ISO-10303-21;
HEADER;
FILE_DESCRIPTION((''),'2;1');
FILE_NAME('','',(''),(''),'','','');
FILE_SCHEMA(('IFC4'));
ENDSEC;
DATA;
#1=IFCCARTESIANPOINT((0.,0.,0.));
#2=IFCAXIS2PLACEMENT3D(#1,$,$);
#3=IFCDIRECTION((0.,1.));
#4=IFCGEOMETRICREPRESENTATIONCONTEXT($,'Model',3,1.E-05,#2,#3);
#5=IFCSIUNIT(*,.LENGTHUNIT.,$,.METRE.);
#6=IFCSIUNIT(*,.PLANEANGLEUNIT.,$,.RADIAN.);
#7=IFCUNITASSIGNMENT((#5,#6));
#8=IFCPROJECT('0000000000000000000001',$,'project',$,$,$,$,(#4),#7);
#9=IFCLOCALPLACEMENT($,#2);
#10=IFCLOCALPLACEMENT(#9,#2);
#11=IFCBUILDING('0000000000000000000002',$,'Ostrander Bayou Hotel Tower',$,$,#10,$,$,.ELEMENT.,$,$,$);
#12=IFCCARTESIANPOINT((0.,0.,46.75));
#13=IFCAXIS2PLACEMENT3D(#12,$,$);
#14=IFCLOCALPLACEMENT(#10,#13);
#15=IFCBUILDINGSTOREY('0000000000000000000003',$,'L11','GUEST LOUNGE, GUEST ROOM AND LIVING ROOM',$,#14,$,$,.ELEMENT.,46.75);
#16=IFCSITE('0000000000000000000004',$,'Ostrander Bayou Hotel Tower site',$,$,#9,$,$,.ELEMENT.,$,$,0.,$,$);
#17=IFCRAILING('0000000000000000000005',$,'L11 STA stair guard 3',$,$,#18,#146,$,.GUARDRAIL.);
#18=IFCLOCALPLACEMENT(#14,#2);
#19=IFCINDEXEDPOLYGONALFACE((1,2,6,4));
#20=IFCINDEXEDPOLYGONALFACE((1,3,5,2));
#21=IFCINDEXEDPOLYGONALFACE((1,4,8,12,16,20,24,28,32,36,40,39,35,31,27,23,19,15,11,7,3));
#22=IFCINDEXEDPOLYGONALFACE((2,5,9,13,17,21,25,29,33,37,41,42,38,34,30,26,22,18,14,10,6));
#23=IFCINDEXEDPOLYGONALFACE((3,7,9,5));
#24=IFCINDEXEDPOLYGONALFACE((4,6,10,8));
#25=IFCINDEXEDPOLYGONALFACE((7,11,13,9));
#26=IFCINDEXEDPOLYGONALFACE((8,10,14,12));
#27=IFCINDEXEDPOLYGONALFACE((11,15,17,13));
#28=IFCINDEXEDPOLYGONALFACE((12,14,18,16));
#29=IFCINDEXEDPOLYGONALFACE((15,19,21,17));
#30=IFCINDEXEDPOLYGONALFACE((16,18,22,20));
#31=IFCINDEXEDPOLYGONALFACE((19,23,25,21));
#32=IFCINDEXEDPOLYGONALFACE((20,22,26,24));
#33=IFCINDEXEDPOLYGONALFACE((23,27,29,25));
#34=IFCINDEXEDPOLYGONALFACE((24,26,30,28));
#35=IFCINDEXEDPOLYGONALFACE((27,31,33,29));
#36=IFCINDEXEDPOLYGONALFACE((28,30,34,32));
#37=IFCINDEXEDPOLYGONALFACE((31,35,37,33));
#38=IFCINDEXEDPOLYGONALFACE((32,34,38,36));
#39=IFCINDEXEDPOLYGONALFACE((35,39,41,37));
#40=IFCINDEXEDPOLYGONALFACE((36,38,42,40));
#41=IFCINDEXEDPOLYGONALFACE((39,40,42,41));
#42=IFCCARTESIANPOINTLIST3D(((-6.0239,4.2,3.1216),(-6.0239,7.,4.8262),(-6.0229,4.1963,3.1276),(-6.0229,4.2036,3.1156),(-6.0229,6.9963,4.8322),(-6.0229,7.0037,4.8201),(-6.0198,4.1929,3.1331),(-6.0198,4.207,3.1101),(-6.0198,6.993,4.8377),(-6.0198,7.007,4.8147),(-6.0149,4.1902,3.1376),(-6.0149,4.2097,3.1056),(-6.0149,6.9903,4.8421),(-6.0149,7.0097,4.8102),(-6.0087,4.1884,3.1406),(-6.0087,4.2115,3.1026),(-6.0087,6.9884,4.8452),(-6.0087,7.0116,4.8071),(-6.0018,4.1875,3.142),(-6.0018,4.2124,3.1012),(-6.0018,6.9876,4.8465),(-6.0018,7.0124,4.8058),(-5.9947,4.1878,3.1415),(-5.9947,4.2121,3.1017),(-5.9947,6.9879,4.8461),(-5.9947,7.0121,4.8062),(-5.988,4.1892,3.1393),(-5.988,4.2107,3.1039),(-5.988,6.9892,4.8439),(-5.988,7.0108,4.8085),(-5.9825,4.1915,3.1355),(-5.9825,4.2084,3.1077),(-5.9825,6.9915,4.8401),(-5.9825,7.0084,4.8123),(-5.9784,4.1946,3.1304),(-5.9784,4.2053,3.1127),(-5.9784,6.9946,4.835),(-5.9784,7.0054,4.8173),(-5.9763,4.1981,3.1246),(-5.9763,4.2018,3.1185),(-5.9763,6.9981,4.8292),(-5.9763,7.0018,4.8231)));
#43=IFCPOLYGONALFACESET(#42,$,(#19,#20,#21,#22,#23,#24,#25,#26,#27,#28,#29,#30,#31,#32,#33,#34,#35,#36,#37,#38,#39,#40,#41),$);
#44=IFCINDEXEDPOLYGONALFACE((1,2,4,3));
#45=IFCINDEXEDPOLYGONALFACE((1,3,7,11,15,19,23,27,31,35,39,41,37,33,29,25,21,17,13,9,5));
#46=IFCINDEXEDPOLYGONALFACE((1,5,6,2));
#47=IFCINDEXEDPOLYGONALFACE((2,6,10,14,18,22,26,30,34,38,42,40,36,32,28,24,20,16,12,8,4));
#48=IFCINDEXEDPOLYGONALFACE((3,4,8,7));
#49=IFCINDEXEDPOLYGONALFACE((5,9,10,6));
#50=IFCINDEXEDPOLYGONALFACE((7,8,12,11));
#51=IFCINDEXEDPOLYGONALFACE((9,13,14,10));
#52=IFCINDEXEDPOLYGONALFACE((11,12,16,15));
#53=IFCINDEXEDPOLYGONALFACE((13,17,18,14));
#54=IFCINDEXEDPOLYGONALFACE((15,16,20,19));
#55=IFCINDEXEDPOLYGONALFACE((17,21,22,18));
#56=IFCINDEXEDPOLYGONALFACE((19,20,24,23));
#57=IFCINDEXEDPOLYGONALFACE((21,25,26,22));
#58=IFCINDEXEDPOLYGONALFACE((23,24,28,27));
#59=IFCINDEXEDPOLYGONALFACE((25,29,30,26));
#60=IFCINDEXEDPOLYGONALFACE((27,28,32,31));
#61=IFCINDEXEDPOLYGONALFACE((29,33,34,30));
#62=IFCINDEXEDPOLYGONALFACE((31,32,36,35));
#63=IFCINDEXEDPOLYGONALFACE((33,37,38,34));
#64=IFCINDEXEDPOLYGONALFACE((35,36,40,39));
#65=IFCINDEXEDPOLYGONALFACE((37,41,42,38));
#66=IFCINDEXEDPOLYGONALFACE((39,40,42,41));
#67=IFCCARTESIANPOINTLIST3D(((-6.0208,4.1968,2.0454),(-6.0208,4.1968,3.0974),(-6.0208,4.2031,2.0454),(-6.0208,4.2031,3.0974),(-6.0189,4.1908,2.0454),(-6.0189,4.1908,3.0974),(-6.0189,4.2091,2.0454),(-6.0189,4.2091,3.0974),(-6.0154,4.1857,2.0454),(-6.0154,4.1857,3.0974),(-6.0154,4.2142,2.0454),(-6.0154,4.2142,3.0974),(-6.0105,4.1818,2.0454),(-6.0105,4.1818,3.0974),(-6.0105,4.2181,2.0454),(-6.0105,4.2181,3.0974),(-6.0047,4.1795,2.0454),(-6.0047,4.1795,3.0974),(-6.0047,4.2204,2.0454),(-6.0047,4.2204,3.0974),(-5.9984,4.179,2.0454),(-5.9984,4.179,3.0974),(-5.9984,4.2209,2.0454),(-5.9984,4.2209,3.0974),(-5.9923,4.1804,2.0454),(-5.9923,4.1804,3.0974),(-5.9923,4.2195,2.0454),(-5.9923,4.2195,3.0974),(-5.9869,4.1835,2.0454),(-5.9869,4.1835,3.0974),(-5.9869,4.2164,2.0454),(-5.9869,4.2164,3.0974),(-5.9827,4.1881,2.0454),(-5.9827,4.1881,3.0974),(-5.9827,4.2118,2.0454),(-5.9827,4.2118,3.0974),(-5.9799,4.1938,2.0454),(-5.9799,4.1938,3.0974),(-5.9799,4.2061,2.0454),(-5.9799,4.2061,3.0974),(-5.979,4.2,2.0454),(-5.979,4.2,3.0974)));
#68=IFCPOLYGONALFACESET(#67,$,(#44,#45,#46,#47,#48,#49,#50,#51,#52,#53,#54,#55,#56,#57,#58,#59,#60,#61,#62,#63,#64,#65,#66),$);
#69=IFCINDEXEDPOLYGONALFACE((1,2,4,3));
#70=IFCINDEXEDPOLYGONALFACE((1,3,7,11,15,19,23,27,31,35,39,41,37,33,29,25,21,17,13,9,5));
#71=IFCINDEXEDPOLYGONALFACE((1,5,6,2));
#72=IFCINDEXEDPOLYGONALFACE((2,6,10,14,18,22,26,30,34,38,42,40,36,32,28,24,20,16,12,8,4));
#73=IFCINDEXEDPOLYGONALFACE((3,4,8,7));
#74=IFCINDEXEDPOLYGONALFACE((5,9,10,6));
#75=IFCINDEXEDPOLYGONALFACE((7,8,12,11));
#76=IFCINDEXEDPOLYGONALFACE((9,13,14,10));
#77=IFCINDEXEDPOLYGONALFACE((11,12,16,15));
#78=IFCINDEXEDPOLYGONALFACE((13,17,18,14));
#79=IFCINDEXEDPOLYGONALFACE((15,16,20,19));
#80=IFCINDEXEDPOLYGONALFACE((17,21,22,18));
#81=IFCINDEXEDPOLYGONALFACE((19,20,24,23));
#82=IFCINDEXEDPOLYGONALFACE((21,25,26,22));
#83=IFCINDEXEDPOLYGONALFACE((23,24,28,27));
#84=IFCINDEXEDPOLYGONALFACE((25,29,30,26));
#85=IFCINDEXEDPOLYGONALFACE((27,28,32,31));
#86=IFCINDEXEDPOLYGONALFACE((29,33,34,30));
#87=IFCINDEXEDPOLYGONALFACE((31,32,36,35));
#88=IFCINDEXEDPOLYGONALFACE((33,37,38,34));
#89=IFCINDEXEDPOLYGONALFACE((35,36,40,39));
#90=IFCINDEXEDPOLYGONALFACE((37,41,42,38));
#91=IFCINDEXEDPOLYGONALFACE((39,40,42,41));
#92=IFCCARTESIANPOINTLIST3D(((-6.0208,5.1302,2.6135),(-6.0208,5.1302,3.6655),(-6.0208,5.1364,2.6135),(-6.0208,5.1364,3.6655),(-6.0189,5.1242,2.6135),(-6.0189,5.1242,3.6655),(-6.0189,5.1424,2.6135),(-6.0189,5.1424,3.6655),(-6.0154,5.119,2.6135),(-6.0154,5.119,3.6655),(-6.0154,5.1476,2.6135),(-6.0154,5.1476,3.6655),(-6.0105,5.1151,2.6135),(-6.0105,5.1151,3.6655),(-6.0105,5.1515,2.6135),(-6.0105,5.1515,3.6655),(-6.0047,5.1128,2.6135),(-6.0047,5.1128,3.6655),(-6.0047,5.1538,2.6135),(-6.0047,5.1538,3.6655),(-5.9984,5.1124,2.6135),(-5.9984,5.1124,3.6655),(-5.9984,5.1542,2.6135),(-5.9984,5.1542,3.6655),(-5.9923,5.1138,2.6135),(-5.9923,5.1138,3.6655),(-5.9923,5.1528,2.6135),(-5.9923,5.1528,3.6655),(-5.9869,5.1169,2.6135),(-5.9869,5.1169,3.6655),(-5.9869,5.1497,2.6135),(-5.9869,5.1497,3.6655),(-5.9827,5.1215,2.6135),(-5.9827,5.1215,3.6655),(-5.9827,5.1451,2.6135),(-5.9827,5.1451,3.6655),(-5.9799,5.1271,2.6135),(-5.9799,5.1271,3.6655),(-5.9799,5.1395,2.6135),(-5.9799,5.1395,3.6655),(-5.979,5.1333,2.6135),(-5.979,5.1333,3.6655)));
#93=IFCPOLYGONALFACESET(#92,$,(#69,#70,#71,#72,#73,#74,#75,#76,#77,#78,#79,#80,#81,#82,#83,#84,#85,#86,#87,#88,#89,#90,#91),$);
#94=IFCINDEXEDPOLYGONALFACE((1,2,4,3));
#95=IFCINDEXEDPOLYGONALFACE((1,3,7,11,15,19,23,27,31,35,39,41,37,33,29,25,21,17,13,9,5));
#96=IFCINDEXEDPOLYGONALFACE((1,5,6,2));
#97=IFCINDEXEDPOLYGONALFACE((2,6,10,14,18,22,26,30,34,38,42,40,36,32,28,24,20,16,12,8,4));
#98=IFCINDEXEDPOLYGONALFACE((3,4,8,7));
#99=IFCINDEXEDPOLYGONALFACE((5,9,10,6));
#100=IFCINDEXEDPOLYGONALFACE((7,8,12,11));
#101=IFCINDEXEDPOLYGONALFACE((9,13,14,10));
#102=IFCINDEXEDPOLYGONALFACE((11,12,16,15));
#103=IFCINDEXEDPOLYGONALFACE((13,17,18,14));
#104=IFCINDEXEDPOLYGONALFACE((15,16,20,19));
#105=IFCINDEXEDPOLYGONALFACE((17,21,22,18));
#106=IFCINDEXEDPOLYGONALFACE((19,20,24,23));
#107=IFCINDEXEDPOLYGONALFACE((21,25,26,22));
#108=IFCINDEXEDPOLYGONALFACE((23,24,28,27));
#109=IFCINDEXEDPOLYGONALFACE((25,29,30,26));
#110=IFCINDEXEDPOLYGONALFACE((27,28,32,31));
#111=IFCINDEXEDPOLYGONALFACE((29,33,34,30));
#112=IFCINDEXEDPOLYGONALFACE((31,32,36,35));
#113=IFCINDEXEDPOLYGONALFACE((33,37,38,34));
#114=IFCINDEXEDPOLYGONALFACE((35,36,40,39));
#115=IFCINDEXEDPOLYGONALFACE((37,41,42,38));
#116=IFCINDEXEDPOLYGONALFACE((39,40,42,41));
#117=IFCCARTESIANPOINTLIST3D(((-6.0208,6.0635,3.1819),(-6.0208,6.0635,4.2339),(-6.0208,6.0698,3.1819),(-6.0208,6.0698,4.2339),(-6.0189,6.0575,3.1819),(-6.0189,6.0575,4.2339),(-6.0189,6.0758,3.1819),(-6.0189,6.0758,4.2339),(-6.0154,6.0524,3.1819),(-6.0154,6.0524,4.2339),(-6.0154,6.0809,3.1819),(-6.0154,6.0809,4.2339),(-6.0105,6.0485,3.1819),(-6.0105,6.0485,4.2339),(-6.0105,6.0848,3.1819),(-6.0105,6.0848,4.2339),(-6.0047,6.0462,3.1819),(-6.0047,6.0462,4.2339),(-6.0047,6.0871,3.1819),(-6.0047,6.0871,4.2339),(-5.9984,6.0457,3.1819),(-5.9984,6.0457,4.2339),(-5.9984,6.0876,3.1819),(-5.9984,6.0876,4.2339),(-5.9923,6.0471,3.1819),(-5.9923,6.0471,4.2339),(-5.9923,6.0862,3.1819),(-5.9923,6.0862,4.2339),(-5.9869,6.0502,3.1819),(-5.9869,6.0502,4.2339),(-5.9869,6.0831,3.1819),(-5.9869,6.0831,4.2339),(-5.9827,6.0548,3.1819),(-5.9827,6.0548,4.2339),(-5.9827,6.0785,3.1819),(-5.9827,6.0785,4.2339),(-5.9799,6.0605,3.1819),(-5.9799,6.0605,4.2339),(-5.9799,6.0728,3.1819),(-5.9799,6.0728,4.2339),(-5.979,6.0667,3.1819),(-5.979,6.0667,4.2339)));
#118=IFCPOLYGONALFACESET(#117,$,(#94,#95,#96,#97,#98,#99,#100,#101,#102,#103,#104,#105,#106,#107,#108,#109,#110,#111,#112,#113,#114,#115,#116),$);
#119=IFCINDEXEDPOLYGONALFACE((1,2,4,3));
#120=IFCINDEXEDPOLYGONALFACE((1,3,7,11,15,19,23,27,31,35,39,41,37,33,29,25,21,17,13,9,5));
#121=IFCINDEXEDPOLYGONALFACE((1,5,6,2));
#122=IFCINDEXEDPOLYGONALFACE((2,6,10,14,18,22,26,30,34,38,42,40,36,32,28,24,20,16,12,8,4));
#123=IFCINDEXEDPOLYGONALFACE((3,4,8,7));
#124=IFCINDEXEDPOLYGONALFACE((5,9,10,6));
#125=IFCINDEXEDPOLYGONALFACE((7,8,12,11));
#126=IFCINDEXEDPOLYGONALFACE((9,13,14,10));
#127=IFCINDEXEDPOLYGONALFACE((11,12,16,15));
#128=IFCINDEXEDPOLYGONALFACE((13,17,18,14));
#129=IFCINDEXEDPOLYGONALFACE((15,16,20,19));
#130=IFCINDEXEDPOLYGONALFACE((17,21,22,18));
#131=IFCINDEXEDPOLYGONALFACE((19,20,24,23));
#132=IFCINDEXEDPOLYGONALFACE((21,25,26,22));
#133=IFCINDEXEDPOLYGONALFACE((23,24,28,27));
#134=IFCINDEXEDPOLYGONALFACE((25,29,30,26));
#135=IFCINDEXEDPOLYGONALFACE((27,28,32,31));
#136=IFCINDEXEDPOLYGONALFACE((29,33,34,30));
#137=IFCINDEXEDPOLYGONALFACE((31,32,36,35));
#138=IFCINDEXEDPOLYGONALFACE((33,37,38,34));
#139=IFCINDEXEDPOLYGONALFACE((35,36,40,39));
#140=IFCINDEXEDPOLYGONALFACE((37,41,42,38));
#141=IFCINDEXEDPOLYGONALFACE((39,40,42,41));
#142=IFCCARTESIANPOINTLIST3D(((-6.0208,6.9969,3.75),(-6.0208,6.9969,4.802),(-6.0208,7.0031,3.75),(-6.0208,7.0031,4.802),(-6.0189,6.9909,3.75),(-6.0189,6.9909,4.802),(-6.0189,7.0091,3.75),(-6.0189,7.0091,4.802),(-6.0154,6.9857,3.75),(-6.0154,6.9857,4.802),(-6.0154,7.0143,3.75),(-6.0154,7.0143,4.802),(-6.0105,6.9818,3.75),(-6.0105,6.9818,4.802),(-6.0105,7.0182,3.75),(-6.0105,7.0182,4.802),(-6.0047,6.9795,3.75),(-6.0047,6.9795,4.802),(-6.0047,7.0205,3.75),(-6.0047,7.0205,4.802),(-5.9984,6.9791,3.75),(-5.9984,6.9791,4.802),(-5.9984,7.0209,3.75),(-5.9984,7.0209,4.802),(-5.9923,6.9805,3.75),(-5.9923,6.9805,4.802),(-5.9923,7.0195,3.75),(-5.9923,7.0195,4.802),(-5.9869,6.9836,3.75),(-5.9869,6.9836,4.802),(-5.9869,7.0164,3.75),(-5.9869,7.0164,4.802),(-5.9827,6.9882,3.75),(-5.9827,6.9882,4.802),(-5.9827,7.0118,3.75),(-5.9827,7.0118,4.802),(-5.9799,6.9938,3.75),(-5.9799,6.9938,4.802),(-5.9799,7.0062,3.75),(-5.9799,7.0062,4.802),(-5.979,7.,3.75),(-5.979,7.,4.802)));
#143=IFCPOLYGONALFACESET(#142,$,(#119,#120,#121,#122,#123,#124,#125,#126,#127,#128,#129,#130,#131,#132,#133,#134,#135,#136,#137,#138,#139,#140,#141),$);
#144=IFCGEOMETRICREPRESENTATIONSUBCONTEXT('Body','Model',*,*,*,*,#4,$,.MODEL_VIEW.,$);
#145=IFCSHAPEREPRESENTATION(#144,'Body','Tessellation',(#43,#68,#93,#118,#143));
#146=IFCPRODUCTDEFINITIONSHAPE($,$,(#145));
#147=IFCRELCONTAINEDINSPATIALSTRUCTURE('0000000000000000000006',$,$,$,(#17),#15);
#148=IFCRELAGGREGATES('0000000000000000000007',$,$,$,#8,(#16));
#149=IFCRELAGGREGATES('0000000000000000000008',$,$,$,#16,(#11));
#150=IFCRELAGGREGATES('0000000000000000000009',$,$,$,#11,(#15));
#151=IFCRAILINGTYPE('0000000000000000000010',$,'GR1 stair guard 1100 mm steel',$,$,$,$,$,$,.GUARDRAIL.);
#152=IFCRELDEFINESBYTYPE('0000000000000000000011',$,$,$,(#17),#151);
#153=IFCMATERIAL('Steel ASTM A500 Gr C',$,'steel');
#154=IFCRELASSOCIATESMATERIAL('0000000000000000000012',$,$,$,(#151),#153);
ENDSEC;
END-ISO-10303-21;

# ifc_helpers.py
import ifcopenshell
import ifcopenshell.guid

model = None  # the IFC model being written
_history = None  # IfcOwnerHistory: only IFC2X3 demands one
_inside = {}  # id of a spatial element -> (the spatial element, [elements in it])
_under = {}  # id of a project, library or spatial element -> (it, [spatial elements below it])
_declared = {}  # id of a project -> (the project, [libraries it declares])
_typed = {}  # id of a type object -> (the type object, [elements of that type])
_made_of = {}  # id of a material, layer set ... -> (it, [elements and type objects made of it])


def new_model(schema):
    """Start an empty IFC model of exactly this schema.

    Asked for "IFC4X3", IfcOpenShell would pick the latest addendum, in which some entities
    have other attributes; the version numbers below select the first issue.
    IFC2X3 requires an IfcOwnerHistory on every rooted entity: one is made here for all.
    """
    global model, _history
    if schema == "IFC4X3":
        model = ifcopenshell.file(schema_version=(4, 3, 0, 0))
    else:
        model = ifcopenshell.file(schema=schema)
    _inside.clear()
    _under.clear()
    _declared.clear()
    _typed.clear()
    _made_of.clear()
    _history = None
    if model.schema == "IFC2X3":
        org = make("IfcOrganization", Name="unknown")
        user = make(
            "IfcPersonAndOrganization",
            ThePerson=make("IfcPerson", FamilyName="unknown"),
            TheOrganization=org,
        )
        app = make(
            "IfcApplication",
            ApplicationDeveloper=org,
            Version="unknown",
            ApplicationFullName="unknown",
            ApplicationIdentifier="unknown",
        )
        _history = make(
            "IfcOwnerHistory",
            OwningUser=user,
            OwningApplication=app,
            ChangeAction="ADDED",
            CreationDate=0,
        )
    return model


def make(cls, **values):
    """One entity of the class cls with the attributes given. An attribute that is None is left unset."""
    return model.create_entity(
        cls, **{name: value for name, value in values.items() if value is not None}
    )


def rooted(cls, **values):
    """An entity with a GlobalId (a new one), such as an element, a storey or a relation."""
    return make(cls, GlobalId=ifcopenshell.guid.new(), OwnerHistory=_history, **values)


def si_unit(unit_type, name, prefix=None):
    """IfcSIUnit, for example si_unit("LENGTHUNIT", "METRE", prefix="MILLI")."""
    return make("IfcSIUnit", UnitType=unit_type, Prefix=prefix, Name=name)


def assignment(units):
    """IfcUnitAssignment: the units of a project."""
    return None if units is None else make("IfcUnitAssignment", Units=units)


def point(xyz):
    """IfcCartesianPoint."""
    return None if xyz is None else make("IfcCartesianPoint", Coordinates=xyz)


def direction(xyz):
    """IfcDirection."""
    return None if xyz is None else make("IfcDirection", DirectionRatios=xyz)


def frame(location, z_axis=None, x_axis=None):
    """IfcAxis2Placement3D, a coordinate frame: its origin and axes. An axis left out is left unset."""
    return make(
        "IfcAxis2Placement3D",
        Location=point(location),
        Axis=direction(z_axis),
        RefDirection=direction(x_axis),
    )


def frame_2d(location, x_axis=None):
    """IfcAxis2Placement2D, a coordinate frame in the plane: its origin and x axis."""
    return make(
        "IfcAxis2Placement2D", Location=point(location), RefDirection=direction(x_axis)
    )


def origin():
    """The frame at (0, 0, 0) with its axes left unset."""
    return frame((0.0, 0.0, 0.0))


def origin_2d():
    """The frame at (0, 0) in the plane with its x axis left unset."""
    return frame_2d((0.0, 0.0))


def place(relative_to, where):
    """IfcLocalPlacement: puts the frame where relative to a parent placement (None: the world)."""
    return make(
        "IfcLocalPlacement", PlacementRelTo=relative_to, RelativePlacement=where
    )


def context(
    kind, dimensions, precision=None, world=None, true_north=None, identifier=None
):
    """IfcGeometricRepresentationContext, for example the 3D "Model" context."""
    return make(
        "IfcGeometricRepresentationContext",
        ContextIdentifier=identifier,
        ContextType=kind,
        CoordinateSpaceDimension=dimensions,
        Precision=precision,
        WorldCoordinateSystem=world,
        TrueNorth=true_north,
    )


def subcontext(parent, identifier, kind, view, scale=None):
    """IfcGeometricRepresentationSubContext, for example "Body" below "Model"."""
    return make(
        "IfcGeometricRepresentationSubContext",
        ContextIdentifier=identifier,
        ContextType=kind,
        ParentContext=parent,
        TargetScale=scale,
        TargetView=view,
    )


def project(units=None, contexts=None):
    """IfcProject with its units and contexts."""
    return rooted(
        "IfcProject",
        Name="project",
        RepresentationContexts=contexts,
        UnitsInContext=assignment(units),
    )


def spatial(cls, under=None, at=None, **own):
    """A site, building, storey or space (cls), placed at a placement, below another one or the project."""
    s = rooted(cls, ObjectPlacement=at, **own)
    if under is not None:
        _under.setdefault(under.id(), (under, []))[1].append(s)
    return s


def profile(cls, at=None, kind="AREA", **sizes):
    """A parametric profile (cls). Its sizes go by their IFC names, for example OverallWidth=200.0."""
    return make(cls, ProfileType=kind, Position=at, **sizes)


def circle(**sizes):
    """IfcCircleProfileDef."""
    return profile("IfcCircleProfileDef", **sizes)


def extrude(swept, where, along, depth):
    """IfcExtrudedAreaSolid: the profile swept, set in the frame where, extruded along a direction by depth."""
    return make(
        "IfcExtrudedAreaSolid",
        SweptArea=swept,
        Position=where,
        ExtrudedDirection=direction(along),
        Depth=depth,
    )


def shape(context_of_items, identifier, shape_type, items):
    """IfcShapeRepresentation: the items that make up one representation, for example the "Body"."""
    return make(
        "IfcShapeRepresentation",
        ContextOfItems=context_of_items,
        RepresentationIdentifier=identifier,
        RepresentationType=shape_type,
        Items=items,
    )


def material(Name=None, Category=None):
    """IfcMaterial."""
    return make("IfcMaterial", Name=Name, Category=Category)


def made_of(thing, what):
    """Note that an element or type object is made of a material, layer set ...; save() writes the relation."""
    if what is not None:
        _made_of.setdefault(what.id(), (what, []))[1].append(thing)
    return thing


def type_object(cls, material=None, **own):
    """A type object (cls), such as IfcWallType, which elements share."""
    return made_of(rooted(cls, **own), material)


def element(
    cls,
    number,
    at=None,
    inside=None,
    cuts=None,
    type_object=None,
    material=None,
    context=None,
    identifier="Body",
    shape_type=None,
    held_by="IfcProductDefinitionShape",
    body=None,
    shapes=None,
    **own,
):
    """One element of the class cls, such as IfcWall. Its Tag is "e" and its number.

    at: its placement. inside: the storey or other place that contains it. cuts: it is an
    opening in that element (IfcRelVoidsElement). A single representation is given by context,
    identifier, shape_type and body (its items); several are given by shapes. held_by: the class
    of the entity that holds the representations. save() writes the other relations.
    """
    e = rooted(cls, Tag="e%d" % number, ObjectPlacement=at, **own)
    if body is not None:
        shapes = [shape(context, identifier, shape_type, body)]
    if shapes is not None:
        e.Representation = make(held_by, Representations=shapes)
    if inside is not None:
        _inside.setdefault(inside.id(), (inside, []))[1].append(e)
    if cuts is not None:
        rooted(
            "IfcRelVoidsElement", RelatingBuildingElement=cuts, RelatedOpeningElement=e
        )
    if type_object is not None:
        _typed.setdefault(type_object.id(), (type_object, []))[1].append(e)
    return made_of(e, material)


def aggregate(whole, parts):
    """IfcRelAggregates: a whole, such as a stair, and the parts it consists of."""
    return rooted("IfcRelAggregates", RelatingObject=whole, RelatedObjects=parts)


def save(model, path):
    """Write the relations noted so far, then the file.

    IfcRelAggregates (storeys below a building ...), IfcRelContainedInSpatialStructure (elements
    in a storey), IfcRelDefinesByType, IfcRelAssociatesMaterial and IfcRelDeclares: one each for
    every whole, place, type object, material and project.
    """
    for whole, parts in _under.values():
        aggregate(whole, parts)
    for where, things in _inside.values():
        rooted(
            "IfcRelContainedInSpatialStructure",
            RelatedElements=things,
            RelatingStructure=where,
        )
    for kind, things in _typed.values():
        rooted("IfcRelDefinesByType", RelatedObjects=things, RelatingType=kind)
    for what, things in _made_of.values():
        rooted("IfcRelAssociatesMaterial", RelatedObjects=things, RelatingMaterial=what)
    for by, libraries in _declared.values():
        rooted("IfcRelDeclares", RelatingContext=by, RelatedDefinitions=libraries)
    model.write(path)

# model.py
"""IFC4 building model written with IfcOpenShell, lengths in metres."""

from ifc_helpers import new_model, si_unit, direction, frame, origin, origin_2d, place, context, subcontext, project, spatial, circle, extrude, material, type_object, element, save


model = new_model("IFC4")

# Units and contexts
model_context = context("Model", 3, precision=1e-05, world=origin(), true_north=direction((0.0, 1.0)))
body_context = subcontext(model_context, "Body", "Model", "MODEL_VIEW")
ifc_project = project(units=[si_unit("LENGTHUNIT", "METRE"), si_unit("PLANEANGLEUNIT", "RADIAN")], contexts=[model_context])

# Site, building, storey
site_placement = place(None, origin())
site = spatial("IfcSite", under=ifc_project, at=site_placement, Name="Ostrander Bayou Hotel Tower site", CompositionType="ELEMENT", RefElevation=0.0)
building_placement = place(site_placement, origin())
building = spatial("IfcBuilding", under=site, at=building_placement, Name="Ostrander Bayou Hotel Tower", CompositionType="ELEMENT")
storey_placement = place(building_placement, frame((0.0, 0.0, 46.75)))
storey = spatial("IfcBuildingStorey", under=building, at=storey_placement, Name="L11", Description="GUEST LOUNGE, GUEST ROOM AND LIVING ROOM", CompositionType="ELEMENT", Elevation=46.75)

# Railing
ifc_material_1 = material(Name="Steel ASTM A500 Gr C", Category="steel")
railing_type_1 = type_object("IfcRailingType", Name="GR1 stair guard 1100 mm steel", PredefinedType="GUARDRAIL", material=ifc_material_1)
railing_1_placement = place(storey_placement, frame((-6.0, 4.2, 2.0454)))
element("IfcRailing", 1, at=railing_1_placement, inside=storey, type_object=railing_type_1, Name="L11 STA stair guard 3", PredefinedType="GUARDRAIL", context=body_context, shape_type="SweptSolid", body=[
    extrude(circle(Radius=0.0239, at=origin_2d()), frame((0.0, 0.0, 1.0762), z_axis=(0.0, 0.85417, 0.519994), x_axis=(-1.0, 0.0, 0.0)), (0.0, 0.0, 1.0), 3.2781),
    extrude(circle(Radius=0.021, at=origin_2d()), origin(), (0.0, 0.0, 1.0), 1.052),
    extrude(circle(Radius=0.021, at=origin_2d()), frame((0.0, 0.9333, 0.5681)), (0.0, 0.0, 1.0), 1.052),
    extrude(circle(Radius=0.021, at=origin_2d()), frame((0.0, 1.8667, 1.1365)), (0.0, 0.0, 1.0), 1.052),
    extrude(circle(Radius=0.021, at=origin_2d()), frame((0.0, 2.8, 1.7046)), (0.0, 0.0, 1.0), 1.052),
])

save(model, "model.ifc")
